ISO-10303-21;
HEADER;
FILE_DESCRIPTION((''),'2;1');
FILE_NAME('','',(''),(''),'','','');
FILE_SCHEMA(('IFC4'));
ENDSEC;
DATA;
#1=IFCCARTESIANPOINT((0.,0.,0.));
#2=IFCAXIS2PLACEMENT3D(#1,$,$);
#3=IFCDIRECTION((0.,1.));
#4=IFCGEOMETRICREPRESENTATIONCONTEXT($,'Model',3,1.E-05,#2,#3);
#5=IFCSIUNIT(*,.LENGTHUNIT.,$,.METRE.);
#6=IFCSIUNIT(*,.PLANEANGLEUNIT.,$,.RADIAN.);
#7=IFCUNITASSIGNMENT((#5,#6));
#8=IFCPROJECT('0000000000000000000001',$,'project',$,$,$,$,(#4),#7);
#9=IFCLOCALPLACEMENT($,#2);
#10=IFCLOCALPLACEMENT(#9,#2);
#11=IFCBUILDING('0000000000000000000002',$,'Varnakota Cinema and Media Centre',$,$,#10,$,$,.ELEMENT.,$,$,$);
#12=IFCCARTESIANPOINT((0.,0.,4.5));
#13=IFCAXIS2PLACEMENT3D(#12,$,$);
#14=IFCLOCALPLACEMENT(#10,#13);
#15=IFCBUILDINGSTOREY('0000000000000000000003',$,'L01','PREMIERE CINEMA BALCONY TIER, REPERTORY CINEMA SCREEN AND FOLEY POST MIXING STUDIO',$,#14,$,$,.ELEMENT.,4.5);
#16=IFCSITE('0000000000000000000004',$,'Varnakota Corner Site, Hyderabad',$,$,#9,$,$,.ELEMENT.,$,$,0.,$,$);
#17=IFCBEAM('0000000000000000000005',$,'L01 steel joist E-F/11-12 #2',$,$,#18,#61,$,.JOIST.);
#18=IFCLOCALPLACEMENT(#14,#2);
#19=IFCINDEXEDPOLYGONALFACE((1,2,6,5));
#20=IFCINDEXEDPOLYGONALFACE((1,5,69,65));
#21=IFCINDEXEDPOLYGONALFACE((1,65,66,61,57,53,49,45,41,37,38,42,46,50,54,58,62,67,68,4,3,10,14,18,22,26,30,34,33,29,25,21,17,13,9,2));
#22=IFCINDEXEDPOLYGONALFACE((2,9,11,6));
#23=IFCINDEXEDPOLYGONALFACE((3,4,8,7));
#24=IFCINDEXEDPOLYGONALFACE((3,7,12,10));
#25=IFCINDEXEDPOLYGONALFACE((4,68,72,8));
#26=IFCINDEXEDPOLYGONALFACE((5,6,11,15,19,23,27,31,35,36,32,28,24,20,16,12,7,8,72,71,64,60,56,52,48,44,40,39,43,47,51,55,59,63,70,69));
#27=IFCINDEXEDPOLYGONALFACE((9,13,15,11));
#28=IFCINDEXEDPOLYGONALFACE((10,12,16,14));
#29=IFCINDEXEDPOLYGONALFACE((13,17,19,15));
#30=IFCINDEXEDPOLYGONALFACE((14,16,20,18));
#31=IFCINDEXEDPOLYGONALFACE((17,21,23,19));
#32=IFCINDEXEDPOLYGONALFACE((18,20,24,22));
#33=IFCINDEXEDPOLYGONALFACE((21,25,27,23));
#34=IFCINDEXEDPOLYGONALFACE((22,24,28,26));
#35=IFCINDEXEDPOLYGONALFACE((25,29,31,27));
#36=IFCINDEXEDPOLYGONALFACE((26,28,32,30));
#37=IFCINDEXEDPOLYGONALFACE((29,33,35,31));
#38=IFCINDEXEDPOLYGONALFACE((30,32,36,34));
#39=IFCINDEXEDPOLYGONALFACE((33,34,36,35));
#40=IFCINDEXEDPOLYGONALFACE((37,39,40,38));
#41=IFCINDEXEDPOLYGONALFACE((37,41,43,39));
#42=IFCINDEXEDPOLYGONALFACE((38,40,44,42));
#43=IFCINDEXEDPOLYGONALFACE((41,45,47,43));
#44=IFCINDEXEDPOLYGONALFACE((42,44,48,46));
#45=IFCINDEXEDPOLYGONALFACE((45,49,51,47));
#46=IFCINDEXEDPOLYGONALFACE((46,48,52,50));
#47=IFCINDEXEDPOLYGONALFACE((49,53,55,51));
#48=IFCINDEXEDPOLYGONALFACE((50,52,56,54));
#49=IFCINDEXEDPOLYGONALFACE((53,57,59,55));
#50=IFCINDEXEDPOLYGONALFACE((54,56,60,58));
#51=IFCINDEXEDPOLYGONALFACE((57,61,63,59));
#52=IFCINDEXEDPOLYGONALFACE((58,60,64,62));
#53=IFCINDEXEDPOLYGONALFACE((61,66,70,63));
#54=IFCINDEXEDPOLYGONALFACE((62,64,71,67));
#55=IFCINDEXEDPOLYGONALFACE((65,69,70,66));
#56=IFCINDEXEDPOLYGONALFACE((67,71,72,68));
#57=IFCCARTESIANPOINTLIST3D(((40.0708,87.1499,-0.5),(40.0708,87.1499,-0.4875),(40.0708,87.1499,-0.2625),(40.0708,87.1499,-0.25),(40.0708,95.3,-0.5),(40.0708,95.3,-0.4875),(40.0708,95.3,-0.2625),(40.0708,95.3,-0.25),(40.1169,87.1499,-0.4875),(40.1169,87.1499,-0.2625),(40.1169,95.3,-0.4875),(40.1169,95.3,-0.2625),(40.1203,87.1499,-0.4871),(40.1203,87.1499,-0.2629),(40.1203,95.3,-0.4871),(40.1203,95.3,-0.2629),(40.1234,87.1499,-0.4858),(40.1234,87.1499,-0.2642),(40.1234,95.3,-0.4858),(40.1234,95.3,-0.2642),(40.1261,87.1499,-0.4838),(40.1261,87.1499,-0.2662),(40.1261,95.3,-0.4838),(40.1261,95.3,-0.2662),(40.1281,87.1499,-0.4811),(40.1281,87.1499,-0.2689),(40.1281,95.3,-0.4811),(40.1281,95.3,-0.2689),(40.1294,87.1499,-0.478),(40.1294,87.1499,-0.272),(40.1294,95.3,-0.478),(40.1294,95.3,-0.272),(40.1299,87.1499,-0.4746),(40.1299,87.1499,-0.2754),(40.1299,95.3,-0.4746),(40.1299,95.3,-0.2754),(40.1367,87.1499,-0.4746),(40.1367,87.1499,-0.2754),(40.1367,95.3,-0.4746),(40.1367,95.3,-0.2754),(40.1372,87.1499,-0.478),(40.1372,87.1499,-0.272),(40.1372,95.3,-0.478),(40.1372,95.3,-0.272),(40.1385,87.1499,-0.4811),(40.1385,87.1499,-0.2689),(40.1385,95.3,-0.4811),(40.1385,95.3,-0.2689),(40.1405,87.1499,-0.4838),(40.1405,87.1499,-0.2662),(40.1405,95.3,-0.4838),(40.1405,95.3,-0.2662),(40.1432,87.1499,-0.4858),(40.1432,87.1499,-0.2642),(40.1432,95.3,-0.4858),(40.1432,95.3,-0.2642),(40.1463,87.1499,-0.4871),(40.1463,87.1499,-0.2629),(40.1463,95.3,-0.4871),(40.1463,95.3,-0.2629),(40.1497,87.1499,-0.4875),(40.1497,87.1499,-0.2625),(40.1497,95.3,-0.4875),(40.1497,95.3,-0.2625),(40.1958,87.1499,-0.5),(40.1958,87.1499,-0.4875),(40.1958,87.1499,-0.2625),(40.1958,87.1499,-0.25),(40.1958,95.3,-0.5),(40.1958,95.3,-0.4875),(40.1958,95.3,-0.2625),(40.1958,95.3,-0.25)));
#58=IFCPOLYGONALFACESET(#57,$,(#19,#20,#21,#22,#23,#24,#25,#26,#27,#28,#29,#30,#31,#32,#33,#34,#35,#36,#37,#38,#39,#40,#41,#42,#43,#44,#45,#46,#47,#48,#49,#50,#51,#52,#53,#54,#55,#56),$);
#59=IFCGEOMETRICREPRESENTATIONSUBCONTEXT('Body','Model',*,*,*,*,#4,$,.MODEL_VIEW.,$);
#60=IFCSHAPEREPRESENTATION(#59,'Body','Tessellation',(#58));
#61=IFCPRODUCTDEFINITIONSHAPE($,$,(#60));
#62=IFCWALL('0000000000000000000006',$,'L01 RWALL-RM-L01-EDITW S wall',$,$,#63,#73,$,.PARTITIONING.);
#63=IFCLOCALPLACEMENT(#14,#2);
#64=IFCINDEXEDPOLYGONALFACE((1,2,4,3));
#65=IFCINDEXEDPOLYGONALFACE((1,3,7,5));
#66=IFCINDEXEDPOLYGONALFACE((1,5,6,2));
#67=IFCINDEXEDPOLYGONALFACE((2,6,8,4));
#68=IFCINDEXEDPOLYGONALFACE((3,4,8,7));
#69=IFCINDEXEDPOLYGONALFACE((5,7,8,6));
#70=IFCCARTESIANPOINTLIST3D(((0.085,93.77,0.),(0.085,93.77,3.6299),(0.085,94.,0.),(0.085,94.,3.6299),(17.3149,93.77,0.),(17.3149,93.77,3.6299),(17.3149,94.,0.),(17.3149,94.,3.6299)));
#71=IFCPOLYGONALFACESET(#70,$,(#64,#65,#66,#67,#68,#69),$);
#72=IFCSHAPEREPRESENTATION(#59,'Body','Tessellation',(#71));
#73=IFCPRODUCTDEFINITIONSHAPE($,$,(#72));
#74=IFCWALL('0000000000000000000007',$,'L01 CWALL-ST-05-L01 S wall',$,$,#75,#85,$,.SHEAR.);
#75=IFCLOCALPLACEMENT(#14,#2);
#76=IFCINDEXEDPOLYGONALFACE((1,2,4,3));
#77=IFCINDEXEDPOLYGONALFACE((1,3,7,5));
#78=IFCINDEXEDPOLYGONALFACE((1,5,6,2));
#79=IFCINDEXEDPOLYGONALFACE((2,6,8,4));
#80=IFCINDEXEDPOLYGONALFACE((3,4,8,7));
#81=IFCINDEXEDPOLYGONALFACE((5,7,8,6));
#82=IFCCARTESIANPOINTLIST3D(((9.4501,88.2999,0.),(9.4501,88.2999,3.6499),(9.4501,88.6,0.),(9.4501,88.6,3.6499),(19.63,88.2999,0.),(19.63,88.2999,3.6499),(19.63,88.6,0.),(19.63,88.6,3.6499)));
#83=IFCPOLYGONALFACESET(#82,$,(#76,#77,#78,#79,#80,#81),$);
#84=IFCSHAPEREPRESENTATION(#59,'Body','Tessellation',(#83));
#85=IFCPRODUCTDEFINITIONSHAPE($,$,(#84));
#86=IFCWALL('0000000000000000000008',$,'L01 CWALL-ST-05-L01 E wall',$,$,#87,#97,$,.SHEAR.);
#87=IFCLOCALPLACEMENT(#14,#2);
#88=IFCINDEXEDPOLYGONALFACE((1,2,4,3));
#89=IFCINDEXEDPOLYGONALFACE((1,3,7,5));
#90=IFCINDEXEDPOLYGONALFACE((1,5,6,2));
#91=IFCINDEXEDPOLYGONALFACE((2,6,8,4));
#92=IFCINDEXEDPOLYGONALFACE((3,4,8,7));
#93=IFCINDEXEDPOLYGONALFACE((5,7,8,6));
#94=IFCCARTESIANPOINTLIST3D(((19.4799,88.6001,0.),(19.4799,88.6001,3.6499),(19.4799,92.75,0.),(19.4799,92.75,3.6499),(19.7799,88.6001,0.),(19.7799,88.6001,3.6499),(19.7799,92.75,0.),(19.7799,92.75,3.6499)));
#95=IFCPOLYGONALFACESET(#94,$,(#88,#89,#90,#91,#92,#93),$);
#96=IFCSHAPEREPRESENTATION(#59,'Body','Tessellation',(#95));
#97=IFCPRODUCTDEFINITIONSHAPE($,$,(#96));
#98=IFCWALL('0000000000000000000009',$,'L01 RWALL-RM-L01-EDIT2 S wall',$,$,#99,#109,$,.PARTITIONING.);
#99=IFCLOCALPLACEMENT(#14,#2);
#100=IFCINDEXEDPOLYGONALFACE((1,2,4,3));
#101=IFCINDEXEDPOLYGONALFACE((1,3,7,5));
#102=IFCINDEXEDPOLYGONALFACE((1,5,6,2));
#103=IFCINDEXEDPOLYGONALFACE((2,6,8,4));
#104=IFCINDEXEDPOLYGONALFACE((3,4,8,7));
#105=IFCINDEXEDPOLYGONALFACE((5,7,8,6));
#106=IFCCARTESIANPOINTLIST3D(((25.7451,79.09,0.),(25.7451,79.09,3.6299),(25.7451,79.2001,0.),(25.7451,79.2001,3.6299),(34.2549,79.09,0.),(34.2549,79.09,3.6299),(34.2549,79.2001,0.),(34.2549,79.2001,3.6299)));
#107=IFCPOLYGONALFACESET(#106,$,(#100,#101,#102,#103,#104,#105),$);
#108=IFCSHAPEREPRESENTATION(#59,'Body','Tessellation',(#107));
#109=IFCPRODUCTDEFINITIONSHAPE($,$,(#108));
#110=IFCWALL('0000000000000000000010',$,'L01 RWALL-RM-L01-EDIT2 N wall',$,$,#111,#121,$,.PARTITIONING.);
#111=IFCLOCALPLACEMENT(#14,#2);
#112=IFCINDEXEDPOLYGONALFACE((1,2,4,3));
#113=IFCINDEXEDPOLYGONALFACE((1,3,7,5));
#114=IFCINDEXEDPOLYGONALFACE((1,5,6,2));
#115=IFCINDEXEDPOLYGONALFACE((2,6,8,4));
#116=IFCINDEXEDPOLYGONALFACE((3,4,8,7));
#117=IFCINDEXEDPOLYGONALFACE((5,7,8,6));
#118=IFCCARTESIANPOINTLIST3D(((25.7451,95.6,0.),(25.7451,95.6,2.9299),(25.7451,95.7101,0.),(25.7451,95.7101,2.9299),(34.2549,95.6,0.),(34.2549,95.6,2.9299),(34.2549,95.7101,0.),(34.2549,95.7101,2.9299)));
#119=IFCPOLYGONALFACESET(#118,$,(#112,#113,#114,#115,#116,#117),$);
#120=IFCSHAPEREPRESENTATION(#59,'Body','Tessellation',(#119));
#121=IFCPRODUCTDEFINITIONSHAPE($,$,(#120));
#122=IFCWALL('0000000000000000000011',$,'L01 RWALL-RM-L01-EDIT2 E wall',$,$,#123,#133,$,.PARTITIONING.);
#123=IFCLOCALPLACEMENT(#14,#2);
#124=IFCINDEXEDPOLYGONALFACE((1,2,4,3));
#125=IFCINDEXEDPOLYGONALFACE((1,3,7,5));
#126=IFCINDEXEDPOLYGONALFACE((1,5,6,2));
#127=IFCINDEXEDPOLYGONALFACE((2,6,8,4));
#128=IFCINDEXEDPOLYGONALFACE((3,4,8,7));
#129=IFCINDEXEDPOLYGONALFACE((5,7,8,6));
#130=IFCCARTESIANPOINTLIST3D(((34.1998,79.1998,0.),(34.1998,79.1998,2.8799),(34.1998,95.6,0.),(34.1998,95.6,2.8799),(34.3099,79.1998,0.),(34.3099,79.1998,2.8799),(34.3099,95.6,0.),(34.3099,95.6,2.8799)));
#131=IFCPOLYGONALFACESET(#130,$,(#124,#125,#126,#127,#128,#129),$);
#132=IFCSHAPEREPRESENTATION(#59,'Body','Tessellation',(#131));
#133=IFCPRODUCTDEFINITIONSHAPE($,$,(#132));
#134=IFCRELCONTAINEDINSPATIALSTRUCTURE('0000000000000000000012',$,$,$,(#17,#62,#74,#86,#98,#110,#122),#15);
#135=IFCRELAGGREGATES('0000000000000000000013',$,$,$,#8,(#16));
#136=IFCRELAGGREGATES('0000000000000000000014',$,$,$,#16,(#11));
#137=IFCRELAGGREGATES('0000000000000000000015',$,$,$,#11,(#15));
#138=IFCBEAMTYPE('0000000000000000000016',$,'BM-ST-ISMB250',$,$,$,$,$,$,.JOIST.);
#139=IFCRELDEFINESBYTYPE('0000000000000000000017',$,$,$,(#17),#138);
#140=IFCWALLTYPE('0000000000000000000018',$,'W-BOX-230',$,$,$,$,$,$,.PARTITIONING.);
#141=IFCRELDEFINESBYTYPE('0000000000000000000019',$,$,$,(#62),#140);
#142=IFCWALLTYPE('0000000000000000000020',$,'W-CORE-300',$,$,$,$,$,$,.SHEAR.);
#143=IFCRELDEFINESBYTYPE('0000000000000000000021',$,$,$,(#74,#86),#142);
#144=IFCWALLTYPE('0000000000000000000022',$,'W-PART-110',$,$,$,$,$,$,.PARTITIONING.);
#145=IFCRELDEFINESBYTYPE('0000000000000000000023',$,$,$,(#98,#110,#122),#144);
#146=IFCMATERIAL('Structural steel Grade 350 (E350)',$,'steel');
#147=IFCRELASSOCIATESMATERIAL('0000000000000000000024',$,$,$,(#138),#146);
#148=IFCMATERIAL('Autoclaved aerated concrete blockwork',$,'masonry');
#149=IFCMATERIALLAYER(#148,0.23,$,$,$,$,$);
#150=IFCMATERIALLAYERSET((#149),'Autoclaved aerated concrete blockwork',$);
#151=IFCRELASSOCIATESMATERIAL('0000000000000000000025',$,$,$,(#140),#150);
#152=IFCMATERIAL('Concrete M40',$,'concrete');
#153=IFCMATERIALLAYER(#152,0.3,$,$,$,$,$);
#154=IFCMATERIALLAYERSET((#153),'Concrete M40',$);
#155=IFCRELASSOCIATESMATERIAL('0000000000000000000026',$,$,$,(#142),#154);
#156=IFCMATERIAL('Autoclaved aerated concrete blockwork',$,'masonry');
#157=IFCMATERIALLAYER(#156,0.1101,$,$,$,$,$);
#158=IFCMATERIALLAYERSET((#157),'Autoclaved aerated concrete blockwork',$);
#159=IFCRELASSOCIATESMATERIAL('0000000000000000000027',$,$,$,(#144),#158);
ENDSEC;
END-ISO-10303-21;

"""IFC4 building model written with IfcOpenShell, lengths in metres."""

from ifc_helpers import new_model, si_unit, direction, frame, frame_2d, origin, origin_2d, place, context, subcontext, project, spatial, rectangle, i_section, extrude, material, layer, layer_set, material_profile, profile_set, type_object, element, save


model = new_model("IFC4")

# Units and contexts
model_context = context("Model", 3, precision=1e-05, world=origin(), true_north=direction((0.0, 1.0)))
body_context = subcontext(model_context, "Body", "Model", "MODEL_VIEW")
ifc_project = project(units=[si_unit("LENGTHUNIT", "METRE"), si_unit("PLANEANGLEUNIT", "RADIAN")], contexts=[model_context])

# Site, building, storey
site_placement = place(None, origin())
site = spatial("IfcSite", under=ifc_project, at=site_placement, Name="Varnakota Corner Site, Hyderabad", CompositionType="ELEMENT", RefElevation=0.0)
building_placement = place(site_placement, origin())
building = spatial("IfcBuilding", under=site, at=building_placement, Name="Varnakota Cinema and Media Centre", CompositionType="ELEMENT")
storey_placement = place(building_placement, frame((0.0, 0.0, 4.5)))
storey = spatial("IfcBuildingStorey", under=building, at=storey_placement, Name="L01", Description="PREMIERE CINEMA BALCONY TIER, REPERTORY CINEMA SCREEN AND FOLEY POST MIXING STUDIO", CompositionType="ELEMENT", Elevation=4.5)

# Beam
ifc_material_1 = material(Name="Structural steel Grade 350 (E350)", Category="steel")
ifc_material_profile_1 = material_profile(ifc_material_1, i_section(OverallWidth=0.125, OverallDepth=0.25, WebThickness=0.0068, FlangeThickness=0.0125, FilletRadius=0.0129, at=origin_2d()), Name="ISMB 250")
ifc_profile_set_1 = profile_set([ifc_material_profile_1], Name="Structural steel Grade 350 (E350)")
beam_type_1 = type_object("IfcBeamType", Name="BM-ST-ISMB250", PredefinedType="JOIST", material=ifc_profile_set_1)
for number, where, z_axis, x_axis, name in (
    (1, (40.1333, 87.1499, -0.375), (0.0, 1.0, 0.0), (-1.0, 0.0, 0.0), "L01 steel joist E-F/11-12 #2"),
):
    element("IfcBeam", number, at=place(storey_placement, frame(where, z_axis=z_axis, x_axis=x_axis)), inside=storey, type_object=beam_type_1, Name=name, PredefinedType="JOIST", context=body_context, shape_type="SweptSolid", body=[
        extrude(i_section(OverallWidth=0.125, OverallDepth=0.25, WebThickness=0.0068, FlangeThickness=0.0125, FilletRadius=0.0129, at=origin_2d()), origin(), (0.0, 0.0, 1.0), 8.1501),
    ])

# Walls
ifc_material_2 = material(Name="Autoclaved aerated concrete blockwork", Category="masonry")
ifc_layer_1 = layer(ifc_material_2, 0.23)
ifc_layer_set_1 = layer_set([ifc_layer_1], Name="Autoclaved aerated concrete blockwork")
wall_type_1 = type_object("IfcWallType", Name="W-BOX-230", PredefinedType="PARTITIONING", material=ifc_layer_set_1)
wall_1_placement = place(storey_placement, frame((17.3149, 93.885, 0.0), z_axis=(0.0, 0.0, 1.0), x_axis=(-1.0, 0.0, 0.0)))
element("IfcWall", 2, at=wall_1_placement, inside=storey, type_object=wall_type_1, Name="L01 RWALL-RM-L01-EDITW S wall", PredefinedType="PARTITIONING", context=body_context, shape_type="SweptSolid", body=[
    extrude(rectangle(XDim=17.23, YDim=0.23, at=frame_2d((8.615, 0.0))), origin(), (0.0, 0.0, 1.0), 3.6299),
])
ifc_material_3 = material(Name="Concrete M40", Category="concrete")
ifc_layer_2 = layer(ifc_material_3, 0.3)
ifc_layer_set_2 = layer_set([ifc_layer_2], Name="Concrete M40")
wall_type_2 = type_object("IfcWallType", Name="W-CORE-300", PredefinedType="SHEAR", material=ifc_layer_set_2)
wall_2_placement = place(storey_placement, frame((19.6299, 88.45, 0.0), z_axis=(0.0, 0.0, 1.0), x_axis=(-1.0, 0.0, 0.0)))
element("IfcWall", 3, at=wall_2_placement, inside=storey, type_object=wall_type_2, Name="L01 CWALL-ST-05-L01 S wall", PredefinedType="SHEAR", context=body_context, shape_type="SweptSolid", body=[
    extrude(rectangle(XDim=10.1799, YDim=0.3, at=frame_2d((5.0898, 0.0))), origin(), (0.0, 0.0, 1.0), 3.6499),
])
wall_3_placement = place(storey_placement, frame((19.6299, 92.75, 0.0), z_axis=(0.0, 0.0, 1.0), x_axis=(0.0, -1.0, 0.0)))
element("IfcWall", 4, at=wall_3_placement, inside=storey, type_object=wall_type_2, Name="L01 CWALL-ST-05-L01 E wall", PredefinedType="SHEAR", context=body_context, shape_type="SweptSolid", body=[
    extrude(rectangle(XDim=4.1499, YDim=0.3, at=frame_2d((2.075, 0.0))), origin(), (0.0, 0.0, 1.0), 3.6499),
])
ifc_material_4 = material(Name="Autoclaved aerated concrete blockwork", Category="masonry")
ifc_layer_3 = layer(ifc_material_4, 0.1101)
ifc_layer_set_3 = layer_set([ifc_layer_3], Name="Autoclaved aerated concrete blockwork")
wall_type_3 = type_object("IfcWallType", Name="W-PART-110", PredefinedType="PARTITIONING", material=ifc_layer_set_3)
wall_4_placement = place(storey_placement, frame((34.2549, 79.145, 0.0), z_axis=(0.0, 0.0, 1.0), x_axis=(-1.0, 0.0, 0.0)))
element("IfcWall", 5, at=wall_4_placement, inside=storey, type_object=wall_type_3, Name="L01 RWALL-RM-L01-EDIT2 S wall", PredefinedType="PARTITIONING", context=body_context, shape_type="SweptSolid", body=[
    extrude(rectangle(XDim=8.5098, YDim=0.1101, at=frame_2d((4.2549, 0.0))), origin(), (0.0, 0.0, 1.0), 3.6299),
])

# Walls
wall_5_placement = place(storey_placement, frame((25.7451, 95.655, 0.0), z_axis=(0.0, 0.0, 1.0), x_axis=(1.0, 0.0, 0.0)))
element("IfcWall", 6, at=wall_5_placement, inside=storey, type_object=wall_type_3, Name="L01 RWALL-RM-L01-EDIT2 N wall", PredefinedType="PARTITIONING", context=body_context, shape_type="SweptSolid", body=[
    extrude(rectangle(XDim=8.5098, YDim=0.1101, at=frame_2d((4.2549, 0.0))), origin(), (0.0, 0.0, 1.0), 2.9299),
])
wall_6_placement = place(storey_placement, frame((34.2549, 95.6001, 0.0), z_axis=(0.0, 0.0, 1.0), x_axis=(0.0, -1.0, 0.0)))
element("IfcWall", 7, at=wall_6_placement, inside=storey, type_object=wall_type_3, Name="L01 RWALL-RM-L01-EDIT2 E wall", PredefinedType="PARTITIONING", context=body_context, shape_type="SweptSolid", body=[
    extrude(rectangle(XDim=16.4001, YDim=0.1101, at=frame_2d((8.2002, 0.0))), origin(), (0.0, 0.0, 1.0), 2.8799),
])

save(model, "model.ifc")
